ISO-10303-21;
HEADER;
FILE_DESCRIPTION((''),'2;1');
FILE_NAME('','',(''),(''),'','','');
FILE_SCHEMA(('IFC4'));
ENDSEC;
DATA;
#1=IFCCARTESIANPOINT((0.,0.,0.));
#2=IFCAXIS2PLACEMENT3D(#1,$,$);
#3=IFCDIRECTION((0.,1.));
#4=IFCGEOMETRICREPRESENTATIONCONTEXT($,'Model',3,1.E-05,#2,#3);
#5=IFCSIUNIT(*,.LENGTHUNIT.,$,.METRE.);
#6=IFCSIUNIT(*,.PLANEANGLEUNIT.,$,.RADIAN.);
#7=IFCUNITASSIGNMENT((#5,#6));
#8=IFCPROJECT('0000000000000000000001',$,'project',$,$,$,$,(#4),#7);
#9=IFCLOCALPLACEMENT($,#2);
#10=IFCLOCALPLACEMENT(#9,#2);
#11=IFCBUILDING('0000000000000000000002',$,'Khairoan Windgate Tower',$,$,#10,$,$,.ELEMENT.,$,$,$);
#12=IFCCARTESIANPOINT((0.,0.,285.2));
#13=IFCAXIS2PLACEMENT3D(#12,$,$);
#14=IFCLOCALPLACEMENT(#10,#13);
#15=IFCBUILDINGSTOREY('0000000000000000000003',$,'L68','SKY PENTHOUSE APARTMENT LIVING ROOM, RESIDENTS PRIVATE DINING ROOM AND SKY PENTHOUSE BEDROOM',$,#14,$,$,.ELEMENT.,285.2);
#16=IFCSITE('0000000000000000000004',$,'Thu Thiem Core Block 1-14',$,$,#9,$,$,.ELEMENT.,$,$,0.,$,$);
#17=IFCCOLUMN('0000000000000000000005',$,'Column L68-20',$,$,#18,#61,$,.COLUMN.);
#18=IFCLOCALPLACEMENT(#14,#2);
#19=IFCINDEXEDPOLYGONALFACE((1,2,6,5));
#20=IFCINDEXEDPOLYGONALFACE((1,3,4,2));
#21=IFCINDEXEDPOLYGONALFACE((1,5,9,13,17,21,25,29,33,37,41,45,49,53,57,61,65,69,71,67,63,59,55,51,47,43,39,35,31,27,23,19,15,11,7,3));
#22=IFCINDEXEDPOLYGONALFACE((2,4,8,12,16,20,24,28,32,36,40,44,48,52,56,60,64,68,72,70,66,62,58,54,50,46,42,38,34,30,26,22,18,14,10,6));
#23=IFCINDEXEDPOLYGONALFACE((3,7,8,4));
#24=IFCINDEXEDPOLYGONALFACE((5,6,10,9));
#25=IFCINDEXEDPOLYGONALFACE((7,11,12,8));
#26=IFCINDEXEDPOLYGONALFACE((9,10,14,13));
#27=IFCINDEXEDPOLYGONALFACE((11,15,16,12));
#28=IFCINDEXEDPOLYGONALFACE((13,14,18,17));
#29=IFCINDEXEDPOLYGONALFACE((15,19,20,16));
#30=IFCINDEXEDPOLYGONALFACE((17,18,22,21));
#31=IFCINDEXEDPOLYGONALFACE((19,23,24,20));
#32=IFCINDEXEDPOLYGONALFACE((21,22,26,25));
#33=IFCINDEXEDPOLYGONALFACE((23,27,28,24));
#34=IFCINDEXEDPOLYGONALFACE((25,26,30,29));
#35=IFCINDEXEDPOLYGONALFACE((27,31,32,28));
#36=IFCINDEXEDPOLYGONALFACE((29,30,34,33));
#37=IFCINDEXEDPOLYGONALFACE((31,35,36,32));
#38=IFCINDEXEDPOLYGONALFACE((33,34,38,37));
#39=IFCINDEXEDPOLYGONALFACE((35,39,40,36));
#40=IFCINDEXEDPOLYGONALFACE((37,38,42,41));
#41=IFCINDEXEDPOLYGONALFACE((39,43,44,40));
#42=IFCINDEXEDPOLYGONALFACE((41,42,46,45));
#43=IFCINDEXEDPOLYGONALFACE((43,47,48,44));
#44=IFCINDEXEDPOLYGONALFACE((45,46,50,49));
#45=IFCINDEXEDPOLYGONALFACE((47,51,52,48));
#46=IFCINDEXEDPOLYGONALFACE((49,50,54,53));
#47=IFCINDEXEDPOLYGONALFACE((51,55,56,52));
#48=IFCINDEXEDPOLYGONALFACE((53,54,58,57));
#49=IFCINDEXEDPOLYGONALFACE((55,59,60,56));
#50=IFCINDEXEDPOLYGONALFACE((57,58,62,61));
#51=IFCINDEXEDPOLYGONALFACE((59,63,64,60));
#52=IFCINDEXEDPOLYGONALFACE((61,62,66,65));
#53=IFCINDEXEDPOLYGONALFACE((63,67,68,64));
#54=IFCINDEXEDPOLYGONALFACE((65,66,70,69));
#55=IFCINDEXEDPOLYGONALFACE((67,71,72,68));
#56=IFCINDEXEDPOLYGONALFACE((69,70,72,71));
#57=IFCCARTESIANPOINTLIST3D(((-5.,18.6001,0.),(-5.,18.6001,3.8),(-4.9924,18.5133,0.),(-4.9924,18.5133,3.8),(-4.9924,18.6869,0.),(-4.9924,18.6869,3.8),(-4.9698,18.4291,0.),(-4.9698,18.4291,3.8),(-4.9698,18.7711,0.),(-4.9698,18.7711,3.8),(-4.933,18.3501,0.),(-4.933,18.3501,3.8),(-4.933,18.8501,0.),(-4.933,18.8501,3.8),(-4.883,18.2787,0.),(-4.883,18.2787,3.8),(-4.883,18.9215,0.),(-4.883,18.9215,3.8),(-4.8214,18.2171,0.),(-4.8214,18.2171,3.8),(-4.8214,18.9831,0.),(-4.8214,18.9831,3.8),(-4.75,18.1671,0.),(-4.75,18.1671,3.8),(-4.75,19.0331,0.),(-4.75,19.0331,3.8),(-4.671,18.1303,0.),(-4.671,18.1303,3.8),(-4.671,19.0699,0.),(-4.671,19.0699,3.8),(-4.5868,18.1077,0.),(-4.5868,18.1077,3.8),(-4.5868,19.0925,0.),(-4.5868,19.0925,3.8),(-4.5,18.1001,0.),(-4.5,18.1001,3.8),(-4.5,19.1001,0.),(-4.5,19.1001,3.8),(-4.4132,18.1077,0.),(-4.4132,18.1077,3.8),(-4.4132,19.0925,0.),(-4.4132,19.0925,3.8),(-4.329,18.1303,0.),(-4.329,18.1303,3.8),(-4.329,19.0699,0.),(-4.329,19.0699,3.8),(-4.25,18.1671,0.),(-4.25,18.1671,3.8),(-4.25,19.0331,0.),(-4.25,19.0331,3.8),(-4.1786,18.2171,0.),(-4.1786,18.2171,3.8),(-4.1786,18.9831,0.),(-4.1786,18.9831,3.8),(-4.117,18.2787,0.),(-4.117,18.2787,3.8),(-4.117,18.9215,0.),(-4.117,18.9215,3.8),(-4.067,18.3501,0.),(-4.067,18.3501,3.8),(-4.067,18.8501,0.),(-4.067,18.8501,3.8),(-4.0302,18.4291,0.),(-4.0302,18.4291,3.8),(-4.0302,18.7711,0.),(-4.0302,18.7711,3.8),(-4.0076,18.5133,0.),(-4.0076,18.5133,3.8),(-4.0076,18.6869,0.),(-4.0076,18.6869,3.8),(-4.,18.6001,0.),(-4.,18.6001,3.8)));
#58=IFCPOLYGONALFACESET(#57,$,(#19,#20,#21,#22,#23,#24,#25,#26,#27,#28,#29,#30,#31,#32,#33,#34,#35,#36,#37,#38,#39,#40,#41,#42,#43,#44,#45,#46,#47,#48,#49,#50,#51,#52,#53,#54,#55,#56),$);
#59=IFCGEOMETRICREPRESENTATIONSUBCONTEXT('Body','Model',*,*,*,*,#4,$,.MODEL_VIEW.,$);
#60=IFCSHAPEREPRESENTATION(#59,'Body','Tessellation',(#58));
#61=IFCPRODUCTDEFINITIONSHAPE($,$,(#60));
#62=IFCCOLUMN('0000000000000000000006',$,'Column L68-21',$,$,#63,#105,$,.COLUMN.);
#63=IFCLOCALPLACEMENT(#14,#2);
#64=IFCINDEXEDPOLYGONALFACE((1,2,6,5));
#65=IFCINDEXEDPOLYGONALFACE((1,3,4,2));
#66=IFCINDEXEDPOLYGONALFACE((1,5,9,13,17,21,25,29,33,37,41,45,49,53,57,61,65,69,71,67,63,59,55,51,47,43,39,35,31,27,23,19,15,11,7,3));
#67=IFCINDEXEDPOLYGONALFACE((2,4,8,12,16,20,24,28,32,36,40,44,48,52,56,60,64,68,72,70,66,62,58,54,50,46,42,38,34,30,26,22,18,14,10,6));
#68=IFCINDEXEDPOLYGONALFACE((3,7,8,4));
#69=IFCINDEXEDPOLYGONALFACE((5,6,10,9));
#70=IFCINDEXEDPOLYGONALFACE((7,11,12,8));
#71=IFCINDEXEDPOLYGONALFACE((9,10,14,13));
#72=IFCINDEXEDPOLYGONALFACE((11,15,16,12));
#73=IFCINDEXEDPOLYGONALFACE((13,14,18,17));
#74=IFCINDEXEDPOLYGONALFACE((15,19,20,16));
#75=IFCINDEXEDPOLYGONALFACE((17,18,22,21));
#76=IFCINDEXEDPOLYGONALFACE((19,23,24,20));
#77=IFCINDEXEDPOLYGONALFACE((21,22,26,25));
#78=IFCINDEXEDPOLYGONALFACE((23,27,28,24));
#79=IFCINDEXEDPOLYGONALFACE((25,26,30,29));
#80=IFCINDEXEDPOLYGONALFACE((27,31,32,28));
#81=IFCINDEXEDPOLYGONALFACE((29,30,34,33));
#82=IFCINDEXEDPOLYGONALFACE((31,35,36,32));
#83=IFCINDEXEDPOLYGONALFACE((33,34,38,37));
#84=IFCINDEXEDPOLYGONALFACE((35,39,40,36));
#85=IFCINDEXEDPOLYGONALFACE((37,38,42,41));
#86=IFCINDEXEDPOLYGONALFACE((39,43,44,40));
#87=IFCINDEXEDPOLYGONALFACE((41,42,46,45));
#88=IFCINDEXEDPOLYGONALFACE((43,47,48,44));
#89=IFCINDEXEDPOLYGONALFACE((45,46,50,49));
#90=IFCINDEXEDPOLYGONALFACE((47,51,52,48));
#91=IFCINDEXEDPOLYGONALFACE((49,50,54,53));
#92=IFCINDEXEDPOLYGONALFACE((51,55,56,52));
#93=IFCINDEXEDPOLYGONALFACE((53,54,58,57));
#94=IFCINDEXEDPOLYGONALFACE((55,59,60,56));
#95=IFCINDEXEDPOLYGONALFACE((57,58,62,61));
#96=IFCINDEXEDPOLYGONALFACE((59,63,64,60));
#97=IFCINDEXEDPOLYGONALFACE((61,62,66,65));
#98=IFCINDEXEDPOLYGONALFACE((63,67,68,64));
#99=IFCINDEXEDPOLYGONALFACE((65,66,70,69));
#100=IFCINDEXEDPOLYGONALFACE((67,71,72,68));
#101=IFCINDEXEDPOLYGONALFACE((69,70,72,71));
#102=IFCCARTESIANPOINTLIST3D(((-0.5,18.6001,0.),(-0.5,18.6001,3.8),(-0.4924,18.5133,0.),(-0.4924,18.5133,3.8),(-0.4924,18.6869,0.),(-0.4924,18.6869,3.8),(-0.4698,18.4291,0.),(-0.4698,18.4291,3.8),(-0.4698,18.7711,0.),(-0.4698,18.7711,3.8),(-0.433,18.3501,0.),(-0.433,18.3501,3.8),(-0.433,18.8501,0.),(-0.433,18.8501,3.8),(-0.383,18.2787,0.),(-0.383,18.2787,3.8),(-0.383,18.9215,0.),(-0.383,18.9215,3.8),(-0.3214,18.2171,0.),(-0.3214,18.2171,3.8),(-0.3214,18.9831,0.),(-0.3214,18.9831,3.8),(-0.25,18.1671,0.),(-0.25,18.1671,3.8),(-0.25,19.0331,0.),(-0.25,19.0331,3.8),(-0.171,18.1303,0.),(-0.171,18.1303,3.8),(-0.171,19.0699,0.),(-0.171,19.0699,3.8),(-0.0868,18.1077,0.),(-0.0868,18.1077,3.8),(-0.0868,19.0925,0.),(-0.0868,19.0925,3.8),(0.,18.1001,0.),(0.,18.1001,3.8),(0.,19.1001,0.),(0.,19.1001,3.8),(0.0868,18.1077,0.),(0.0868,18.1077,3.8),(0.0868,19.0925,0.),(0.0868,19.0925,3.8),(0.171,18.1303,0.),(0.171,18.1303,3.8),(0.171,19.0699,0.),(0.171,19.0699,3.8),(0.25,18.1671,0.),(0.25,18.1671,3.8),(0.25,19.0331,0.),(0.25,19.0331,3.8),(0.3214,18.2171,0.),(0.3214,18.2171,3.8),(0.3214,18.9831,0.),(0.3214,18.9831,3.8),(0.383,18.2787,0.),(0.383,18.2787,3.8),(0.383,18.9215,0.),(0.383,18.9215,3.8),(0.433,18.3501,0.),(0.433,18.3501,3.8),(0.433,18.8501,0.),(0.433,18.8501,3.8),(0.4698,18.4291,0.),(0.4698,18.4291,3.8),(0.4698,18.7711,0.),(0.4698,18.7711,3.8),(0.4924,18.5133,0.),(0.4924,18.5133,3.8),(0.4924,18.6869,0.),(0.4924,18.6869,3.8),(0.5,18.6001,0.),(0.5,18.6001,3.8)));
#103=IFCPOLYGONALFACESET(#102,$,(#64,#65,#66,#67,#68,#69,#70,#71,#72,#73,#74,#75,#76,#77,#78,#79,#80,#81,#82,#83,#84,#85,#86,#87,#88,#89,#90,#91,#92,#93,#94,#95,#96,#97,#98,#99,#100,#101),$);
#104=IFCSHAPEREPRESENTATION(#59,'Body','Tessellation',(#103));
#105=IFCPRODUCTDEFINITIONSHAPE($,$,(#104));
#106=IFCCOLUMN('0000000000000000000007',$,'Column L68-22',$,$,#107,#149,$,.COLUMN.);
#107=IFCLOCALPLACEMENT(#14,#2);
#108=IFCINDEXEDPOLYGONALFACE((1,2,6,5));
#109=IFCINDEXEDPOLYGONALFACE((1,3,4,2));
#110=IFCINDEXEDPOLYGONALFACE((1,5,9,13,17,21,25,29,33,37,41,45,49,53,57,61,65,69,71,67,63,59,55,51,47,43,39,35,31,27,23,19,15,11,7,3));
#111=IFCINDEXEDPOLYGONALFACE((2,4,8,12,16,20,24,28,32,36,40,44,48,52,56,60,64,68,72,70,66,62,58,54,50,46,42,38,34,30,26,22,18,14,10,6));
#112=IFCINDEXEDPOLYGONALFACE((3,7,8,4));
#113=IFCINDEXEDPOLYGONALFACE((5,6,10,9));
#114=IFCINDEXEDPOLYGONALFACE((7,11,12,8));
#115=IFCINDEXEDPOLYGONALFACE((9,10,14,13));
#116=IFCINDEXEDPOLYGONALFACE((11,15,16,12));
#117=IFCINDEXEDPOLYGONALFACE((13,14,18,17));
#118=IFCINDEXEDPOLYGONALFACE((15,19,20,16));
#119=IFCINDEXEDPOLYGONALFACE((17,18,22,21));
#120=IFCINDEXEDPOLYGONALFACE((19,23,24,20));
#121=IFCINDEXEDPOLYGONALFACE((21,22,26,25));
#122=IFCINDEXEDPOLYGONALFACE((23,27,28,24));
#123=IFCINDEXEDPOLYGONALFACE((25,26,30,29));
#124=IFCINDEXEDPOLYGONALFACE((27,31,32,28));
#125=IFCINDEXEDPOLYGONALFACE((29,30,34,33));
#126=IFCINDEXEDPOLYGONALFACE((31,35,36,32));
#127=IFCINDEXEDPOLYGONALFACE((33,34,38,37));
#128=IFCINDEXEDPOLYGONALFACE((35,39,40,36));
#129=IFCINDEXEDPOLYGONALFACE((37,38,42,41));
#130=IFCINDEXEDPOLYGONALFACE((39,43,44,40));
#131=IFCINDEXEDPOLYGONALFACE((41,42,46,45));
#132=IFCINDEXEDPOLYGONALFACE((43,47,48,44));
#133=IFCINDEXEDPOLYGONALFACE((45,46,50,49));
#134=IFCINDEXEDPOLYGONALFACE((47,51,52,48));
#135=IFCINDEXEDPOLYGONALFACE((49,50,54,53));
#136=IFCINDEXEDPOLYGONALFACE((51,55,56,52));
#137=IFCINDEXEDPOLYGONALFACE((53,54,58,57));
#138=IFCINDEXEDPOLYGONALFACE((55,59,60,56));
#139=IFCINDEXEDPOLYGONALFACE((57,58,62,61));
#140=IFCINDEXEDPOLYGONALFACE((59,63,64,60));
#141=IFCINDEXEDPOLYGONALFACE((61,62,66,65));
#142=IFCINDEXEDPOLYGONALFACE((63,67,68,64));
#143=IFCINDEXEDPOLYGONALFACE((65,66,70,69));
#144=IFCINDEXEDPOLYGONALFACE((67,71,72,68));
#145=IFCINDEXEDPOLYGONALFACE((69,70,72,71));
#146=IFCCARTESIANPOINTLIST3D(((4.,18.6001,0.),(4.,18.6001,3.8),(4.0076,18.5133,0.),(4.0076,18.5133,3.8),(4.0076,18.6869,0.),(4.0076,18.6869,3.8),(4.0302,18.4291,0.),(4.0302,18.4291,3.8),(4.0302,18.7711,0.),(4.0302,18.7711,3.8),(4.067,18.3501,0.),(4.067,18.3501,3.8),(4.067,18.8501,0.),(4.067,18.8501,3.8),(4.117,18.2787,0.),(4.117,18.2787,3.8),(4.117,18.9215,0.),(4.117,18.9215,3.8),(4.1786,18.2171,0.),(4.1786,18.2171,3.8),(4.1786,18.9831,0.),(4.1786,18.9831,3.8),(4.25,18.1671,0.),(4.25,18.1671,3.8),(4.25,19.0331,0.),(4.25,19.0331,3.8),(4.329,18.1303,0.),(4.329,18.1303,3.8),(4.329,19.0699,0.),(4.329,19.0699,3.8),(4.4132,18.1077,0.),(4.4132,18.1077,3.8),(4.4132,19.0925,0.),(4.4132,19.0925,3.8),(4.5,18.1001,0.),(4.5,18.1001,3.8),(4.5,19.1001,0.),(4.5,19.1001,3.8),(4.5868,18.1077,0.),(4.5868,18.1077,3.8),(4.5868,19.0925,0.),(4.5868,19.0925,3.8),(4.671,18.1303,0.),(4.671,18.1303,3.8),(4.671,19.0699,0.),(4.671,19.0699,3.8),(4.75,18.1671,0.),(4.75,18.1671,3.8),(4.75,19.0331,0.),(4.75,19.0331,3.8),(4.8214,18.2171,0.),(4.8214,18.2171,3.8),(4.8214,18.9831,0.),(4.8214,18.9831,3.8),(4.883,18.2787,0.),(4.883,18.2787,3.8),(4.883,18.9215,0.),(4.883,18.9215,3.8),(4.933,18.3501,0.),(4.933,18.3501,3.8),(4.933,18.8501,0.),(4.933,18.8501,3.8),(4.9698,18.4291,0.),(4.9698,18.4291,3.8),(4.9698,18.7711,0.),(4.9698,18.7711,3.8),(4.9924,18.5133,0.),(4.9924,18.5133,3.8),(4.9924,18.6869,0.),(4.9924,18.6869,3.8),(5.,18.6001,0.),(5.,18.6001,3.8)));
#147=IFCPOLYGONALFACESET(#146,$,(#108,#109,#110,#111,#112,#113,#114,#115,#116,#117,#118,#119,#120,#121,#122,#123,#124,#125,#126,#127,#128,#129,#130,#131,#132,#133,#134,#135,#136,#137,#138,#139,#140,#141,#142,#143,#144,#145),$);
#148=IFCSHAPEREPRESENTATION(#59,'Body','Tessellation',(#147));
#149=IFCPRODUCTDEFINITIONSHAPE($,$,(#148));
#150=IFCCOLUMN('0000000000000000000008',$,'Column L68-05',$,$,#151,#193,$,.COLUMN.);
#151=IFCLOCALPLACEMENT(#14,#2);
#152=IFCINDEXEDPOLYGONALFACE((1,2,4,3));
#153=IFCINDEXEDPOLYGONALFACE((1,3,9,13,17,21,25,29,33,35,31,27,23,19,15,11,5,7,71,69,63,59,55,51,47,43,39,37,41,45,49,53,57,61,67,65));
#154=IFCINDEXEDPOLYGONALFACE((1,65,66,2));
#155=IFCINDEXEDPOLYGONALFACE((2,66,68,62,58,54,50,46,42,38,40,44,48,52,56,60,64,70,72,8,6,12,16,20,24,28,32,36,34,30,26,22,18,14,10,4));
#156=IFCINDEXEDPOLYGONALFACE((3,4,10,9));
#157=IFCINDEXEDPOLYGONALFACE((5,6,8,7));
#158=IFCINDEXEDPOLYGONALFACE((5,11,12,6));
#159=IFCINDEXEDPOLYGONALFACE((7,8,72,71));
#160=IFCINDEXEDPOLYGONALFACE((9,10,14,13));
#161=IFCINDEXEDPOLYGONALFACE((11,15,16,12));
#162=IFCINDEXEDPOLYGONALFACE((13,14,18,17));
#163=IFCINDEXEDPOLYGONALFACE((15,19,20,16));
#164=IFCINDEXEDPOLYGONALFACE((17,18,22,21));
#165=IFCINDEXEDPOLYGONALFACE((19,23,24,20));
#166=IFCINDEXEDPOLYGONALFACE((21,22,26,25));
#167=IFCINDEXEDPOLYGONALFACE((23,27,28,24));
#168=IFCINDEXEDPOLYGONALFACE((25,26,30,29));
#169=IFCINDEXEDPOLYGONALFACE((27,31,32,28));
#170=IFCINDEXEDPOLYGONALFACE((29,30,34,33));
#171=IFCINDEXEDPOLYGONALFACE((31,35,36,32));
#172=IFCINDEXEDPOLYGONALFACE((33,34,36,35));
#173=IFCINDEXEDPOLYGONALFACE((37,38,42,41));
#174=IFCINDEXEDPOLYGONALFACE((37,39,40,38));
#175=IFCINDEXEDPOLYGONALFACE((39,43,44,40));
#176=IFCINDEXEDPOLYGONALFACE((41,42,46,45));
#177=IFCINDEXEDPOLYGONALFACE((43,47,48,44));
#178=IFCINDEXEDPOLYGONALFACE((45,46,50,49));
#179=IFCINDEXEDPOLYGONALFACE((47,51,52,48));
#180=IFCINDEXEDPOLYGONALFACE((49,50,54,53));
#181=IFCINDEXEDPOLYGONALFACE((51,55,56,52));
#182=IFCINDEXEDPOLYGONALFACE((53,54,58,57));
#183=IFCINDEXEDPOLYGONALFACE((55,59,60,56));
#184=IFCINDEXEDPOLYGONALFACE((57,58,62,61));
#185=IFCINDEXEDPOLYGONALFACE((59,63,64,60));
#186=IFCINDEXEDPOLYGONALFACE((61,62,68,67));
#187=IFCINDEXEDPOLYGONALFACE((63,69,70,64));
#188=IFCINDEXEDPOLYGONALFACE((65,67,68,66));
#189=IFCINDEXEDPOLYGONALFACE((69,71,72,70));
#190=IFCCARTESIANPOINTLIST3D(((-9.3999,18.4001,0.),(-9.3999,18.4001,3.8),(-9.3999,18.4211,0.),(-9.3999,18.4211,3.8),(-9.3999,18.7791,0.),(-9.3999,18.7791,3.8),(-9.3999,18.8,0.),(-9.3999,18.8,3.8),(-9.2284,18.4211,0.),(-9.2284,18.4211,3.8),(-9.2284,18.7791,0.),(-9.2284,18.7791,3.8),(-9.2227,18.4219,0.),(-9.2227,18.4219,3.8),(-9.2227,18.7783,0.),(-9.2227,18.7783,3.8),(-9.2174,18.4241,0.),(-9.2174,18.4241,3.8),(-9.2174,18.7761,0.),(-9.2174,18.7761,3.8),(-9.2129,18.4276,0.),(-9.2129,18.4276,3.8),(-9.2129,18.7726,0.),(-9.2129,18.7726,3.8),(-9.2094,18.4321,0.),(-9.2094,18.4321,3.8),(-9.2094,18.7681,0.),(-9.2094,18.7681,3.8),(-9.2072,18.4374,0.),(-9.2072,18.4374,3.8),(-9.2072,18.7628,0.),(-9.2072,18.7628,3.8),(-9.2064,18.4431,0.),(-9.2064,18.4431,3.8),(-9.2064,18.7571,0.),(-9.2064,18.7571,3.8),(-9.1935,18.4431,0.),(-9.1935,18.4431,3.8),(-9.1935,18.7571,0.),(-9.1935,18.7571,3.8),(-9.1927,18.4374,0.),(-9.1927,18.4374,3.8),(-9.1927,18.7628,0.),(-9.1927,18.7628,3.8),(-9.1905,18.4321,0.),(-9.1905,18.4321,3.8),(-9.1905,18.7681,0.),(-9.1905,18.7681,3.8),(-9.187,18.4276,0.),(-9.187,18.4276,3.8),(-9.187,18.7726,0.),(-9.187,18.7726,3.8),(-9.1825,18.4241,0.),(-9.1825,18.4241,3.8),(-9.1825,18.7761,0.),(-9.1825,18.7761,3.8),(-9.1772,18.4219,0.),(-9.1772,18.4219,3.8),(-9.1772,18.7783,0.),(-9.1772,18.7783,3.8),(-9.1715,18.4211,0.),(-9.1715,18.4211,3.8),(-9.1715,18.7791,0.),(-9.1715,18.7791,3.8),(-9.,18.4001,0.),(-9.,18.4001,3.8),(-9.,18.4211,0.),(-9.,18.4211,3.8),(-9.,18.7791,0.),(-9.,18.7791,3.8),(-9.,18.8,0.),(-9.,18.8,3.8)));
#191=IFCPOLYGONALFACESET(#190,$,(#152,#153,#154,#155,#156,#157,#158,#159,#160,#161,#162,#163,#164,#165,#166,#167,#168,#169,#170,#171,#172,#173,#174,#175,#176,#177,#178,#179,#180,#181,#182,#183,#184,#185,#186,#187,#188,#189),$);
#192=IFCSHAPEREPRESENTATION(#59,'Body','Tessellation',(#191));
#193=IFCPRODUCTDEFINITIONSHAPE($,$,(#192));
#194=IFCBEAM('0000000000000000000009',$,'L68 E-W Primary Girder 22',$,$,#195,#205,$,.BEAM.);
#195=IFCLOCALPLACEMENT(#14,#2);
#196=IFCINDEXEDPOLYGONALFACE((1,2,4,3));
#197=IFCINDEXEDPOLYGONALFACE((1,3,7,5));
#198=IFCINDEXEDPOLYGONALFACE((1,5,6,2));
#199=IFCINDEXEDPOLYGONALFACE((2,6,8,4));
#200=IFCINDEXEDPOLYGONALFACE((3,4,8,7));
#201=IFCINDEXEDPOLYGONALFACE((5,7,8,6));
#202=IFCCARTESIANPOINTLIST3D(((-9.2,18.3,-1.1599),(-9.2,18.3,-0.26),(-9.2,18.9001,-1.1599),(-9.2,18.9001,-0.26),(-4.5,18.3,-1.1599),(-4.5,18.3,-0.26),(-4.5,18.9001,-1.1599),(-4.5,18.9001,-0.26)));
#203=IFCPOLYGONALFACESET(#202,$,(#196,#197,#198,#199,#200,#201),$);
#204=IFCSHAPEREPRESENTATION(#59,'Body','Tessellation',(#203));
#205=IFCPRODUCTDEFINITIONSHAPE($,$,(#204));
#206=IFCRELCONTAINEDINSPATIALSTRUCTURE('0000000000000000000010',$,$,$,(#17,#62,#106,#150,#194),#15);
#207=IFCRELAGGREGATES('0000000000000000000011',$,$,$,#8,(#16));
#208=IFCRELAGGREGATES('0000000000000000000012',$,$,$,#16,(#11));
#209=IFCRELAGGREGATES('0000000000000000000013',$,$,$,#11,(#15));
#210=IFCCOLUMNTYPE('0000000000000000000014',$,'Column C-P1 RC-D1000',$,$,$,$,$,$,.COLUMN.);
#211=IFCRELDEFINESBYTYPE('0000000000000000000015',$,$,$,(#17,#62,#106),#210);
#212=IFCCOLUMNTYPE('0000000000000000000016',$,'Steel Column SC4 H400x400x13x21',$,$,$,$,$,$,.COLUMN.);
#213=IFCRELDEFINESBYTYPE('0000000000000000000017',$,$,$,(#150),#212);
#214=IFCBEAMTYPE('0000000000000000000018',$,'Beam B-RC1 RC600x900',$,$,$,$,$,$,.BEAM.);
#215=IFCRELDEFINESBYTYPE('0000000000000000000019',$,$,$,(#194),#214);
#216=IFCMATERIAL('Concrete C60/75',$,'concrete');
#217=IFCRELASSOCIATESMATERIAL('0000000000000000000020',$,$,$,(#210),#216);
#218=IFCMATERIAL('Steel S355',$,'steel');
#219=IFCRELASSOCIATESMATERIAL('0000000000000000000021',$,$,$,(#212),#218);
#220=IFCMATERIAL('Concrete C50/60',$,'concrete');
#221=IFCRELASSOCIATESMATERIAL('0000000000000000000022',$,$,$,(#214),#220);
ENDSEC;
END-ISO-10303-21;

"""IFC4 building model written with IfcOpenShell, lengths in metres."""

from ifc_helpers import new_model, si_unit, direction, frame, origin, origin_2d, place, context, subcontext, project, spatial, rectangle, circle, i_section, extrude, material, material_profile, profile_set, type_object, element, save


model = new_model("IFC4")

# Units and contexts
model_context = context("Model", 3, precision=1e-05, world=origin(), true_north=direction((0.0, 1.0)))
body_context = subcontext(model_context, "Body", "Model", "MODEL_VIEW")
ifc_project = project(units=[si_unit("LENGTHUNIT", "METRE"), si_unit("PLANEANGLEUNIT", "RADIAN")], contexts=[model_context])

# Site, building, storey
site_placement = place(None, origin())
site = spatial("IfcSite", under=ifc_project, at=site_placement, Name="Thu Thiem Core Block 1-14", CompositionType="ELEMENT", RefElevation=0.0)
building_placement = place(site_placement, origin())
building = spatial("IfcBuilding", under=site, at=building_placement, Name="Khairoan Windgate Tower", CompositionType="ELEMENT")
storey_placement = place(building_placement, frame((0.0, 0.0, 285.2)))
storey = spatial("IfcBuildingStorey", under=building, at=storey_placement, Name="L68", Description="SKY PENTHOUSE APARTMENT LIVING ROOM, RESIDENTS PRIVATE DINING ROOM AND SKY PENTHOUSE BEDROOM", CompositionType="ELEMENT", Elevation=285.2)

# Columns
ifc_material_1 = material(Name="Concrete C60/75", Category="concrete")
ifc_material_profile_1 = material_profile(ifc_material_1, circle(Radius=0.5, at=origin_2d()))
ifc_profile_set_1 = profile_set([ifc_material_profile_1], Name="Concrete C60/75")
column_type_1 = type_object("IfcColumnType", Name="Column C-P1 RC-D1000", PredefinedType="COLUMN", material=ifc_profile_set_1)
for number, where, z_axis, x_axis, name in (
    (1, (-4.5, 18.6001, 0.0), (0.0, 0.0, 1.0), (1.0, 0.0, 0.0), "Column L68-20"),
    (2, (0.0, 18.6001, 0.0), (0.0, 0.0, 1.0), (1.0, 0.0, 0.0), "Column L68-21"),
    (3, (4.5, 18.6001, 0.0), (0.0, 0.0, 1.0), (1.0, 0.0, 0.0), "Column L68-22"),
):
    element("IfcColumn", number, at=place(storey_placement, frame(where, z_axis=z_axis, x_axis=x_axis)), inside=storey, type_object=column_type_1, Name=name, PredefinedType="COLUMN", context=body_context, shape_type="SweptSolid", body=[
        extrude(circle(Radius=0.5, at=origin_2d()), origin(), (0.0, 0.0, 1.0), 3.8),
    ])
ifc_material_2 = material(Name="Steel S355", Category="steel")
ifc_material_profile_2 = material_profile(ifc_material_2, i_section(OverallWidth=0.3999, OverallDepth=0.3999, WebThickness=0.0129, FlangeThickness=0.021, FilletRadius=0.022, at=origin_2d()))
ifc_profile_set_2 = profile_set([ifc_material_profile_2], Name="Steel S355")
column_type_2 = type_object("IfcColumnType", Name="Steel Column SC4 H400x400x13x21", PredefinedType="COLUMN", material=ifc_profile_set_2)
column_placement = place(storey_placement, frame((-9.2, 18.6001, 0.0), z_axis=(0.0, 0.0, 1.0), x_axis=(1.0, 0.0, 0.0)))
element("IfcColumn", 4, at=column_placement, inside=storey, type_object=column_type_2, Name="Column L68-05", PredefinedType="COLUMN", context=body_context, shape_type="SweptSolid", body=[
    extrude(i_section(OverallWidth=0.3999, OverallDepth=0.3999, WebThickness=0.0129, FlangeThickness=0.021, FilletRadius=0.022, at=origin_2d()), origin(), (0.0, 0.0, 1.0), 3.8),
])

# Beam
ifc_material_3 = material(Name="Concrete C50/60", Category="concrete")
ifc_material_profile_3 = material_profile(ifc_material_3, rectangle(XDim=0.6001, YDim=0.8999, at=origin_2d()))
ifc_profile_set_3 = profile_set([ifc_material_profile_3], Name="Concrete C50/60")
beam_type = type_object("IfcBeamType", Name="Beam B-RC1 RC600x900", PredefinedType="BEAM", material=ifc_profile_set_3)
beam_1_placement = place(storey_placement, frame((-9.2, 18.6001, -0.71), z_axis=(1.0, 0.0, 0.0), x_axis=(0.0, 1.0, 0.0)))
element("IfcBeam", 5, at=beam_1_placement, inside=storey, type_object=beam_type, Name="L68 E-W Primary Girder 22", PredefinedType="BEAM", context=body_context, shape_type="SweptSolid", body=[
    extrude(rectangle(XDim=0.6001, YDim=0.8999, at=origin_2d()), origin(), (0.0, 0.0, 1.0), 4.7),
])

save(model, "model.ifc")
